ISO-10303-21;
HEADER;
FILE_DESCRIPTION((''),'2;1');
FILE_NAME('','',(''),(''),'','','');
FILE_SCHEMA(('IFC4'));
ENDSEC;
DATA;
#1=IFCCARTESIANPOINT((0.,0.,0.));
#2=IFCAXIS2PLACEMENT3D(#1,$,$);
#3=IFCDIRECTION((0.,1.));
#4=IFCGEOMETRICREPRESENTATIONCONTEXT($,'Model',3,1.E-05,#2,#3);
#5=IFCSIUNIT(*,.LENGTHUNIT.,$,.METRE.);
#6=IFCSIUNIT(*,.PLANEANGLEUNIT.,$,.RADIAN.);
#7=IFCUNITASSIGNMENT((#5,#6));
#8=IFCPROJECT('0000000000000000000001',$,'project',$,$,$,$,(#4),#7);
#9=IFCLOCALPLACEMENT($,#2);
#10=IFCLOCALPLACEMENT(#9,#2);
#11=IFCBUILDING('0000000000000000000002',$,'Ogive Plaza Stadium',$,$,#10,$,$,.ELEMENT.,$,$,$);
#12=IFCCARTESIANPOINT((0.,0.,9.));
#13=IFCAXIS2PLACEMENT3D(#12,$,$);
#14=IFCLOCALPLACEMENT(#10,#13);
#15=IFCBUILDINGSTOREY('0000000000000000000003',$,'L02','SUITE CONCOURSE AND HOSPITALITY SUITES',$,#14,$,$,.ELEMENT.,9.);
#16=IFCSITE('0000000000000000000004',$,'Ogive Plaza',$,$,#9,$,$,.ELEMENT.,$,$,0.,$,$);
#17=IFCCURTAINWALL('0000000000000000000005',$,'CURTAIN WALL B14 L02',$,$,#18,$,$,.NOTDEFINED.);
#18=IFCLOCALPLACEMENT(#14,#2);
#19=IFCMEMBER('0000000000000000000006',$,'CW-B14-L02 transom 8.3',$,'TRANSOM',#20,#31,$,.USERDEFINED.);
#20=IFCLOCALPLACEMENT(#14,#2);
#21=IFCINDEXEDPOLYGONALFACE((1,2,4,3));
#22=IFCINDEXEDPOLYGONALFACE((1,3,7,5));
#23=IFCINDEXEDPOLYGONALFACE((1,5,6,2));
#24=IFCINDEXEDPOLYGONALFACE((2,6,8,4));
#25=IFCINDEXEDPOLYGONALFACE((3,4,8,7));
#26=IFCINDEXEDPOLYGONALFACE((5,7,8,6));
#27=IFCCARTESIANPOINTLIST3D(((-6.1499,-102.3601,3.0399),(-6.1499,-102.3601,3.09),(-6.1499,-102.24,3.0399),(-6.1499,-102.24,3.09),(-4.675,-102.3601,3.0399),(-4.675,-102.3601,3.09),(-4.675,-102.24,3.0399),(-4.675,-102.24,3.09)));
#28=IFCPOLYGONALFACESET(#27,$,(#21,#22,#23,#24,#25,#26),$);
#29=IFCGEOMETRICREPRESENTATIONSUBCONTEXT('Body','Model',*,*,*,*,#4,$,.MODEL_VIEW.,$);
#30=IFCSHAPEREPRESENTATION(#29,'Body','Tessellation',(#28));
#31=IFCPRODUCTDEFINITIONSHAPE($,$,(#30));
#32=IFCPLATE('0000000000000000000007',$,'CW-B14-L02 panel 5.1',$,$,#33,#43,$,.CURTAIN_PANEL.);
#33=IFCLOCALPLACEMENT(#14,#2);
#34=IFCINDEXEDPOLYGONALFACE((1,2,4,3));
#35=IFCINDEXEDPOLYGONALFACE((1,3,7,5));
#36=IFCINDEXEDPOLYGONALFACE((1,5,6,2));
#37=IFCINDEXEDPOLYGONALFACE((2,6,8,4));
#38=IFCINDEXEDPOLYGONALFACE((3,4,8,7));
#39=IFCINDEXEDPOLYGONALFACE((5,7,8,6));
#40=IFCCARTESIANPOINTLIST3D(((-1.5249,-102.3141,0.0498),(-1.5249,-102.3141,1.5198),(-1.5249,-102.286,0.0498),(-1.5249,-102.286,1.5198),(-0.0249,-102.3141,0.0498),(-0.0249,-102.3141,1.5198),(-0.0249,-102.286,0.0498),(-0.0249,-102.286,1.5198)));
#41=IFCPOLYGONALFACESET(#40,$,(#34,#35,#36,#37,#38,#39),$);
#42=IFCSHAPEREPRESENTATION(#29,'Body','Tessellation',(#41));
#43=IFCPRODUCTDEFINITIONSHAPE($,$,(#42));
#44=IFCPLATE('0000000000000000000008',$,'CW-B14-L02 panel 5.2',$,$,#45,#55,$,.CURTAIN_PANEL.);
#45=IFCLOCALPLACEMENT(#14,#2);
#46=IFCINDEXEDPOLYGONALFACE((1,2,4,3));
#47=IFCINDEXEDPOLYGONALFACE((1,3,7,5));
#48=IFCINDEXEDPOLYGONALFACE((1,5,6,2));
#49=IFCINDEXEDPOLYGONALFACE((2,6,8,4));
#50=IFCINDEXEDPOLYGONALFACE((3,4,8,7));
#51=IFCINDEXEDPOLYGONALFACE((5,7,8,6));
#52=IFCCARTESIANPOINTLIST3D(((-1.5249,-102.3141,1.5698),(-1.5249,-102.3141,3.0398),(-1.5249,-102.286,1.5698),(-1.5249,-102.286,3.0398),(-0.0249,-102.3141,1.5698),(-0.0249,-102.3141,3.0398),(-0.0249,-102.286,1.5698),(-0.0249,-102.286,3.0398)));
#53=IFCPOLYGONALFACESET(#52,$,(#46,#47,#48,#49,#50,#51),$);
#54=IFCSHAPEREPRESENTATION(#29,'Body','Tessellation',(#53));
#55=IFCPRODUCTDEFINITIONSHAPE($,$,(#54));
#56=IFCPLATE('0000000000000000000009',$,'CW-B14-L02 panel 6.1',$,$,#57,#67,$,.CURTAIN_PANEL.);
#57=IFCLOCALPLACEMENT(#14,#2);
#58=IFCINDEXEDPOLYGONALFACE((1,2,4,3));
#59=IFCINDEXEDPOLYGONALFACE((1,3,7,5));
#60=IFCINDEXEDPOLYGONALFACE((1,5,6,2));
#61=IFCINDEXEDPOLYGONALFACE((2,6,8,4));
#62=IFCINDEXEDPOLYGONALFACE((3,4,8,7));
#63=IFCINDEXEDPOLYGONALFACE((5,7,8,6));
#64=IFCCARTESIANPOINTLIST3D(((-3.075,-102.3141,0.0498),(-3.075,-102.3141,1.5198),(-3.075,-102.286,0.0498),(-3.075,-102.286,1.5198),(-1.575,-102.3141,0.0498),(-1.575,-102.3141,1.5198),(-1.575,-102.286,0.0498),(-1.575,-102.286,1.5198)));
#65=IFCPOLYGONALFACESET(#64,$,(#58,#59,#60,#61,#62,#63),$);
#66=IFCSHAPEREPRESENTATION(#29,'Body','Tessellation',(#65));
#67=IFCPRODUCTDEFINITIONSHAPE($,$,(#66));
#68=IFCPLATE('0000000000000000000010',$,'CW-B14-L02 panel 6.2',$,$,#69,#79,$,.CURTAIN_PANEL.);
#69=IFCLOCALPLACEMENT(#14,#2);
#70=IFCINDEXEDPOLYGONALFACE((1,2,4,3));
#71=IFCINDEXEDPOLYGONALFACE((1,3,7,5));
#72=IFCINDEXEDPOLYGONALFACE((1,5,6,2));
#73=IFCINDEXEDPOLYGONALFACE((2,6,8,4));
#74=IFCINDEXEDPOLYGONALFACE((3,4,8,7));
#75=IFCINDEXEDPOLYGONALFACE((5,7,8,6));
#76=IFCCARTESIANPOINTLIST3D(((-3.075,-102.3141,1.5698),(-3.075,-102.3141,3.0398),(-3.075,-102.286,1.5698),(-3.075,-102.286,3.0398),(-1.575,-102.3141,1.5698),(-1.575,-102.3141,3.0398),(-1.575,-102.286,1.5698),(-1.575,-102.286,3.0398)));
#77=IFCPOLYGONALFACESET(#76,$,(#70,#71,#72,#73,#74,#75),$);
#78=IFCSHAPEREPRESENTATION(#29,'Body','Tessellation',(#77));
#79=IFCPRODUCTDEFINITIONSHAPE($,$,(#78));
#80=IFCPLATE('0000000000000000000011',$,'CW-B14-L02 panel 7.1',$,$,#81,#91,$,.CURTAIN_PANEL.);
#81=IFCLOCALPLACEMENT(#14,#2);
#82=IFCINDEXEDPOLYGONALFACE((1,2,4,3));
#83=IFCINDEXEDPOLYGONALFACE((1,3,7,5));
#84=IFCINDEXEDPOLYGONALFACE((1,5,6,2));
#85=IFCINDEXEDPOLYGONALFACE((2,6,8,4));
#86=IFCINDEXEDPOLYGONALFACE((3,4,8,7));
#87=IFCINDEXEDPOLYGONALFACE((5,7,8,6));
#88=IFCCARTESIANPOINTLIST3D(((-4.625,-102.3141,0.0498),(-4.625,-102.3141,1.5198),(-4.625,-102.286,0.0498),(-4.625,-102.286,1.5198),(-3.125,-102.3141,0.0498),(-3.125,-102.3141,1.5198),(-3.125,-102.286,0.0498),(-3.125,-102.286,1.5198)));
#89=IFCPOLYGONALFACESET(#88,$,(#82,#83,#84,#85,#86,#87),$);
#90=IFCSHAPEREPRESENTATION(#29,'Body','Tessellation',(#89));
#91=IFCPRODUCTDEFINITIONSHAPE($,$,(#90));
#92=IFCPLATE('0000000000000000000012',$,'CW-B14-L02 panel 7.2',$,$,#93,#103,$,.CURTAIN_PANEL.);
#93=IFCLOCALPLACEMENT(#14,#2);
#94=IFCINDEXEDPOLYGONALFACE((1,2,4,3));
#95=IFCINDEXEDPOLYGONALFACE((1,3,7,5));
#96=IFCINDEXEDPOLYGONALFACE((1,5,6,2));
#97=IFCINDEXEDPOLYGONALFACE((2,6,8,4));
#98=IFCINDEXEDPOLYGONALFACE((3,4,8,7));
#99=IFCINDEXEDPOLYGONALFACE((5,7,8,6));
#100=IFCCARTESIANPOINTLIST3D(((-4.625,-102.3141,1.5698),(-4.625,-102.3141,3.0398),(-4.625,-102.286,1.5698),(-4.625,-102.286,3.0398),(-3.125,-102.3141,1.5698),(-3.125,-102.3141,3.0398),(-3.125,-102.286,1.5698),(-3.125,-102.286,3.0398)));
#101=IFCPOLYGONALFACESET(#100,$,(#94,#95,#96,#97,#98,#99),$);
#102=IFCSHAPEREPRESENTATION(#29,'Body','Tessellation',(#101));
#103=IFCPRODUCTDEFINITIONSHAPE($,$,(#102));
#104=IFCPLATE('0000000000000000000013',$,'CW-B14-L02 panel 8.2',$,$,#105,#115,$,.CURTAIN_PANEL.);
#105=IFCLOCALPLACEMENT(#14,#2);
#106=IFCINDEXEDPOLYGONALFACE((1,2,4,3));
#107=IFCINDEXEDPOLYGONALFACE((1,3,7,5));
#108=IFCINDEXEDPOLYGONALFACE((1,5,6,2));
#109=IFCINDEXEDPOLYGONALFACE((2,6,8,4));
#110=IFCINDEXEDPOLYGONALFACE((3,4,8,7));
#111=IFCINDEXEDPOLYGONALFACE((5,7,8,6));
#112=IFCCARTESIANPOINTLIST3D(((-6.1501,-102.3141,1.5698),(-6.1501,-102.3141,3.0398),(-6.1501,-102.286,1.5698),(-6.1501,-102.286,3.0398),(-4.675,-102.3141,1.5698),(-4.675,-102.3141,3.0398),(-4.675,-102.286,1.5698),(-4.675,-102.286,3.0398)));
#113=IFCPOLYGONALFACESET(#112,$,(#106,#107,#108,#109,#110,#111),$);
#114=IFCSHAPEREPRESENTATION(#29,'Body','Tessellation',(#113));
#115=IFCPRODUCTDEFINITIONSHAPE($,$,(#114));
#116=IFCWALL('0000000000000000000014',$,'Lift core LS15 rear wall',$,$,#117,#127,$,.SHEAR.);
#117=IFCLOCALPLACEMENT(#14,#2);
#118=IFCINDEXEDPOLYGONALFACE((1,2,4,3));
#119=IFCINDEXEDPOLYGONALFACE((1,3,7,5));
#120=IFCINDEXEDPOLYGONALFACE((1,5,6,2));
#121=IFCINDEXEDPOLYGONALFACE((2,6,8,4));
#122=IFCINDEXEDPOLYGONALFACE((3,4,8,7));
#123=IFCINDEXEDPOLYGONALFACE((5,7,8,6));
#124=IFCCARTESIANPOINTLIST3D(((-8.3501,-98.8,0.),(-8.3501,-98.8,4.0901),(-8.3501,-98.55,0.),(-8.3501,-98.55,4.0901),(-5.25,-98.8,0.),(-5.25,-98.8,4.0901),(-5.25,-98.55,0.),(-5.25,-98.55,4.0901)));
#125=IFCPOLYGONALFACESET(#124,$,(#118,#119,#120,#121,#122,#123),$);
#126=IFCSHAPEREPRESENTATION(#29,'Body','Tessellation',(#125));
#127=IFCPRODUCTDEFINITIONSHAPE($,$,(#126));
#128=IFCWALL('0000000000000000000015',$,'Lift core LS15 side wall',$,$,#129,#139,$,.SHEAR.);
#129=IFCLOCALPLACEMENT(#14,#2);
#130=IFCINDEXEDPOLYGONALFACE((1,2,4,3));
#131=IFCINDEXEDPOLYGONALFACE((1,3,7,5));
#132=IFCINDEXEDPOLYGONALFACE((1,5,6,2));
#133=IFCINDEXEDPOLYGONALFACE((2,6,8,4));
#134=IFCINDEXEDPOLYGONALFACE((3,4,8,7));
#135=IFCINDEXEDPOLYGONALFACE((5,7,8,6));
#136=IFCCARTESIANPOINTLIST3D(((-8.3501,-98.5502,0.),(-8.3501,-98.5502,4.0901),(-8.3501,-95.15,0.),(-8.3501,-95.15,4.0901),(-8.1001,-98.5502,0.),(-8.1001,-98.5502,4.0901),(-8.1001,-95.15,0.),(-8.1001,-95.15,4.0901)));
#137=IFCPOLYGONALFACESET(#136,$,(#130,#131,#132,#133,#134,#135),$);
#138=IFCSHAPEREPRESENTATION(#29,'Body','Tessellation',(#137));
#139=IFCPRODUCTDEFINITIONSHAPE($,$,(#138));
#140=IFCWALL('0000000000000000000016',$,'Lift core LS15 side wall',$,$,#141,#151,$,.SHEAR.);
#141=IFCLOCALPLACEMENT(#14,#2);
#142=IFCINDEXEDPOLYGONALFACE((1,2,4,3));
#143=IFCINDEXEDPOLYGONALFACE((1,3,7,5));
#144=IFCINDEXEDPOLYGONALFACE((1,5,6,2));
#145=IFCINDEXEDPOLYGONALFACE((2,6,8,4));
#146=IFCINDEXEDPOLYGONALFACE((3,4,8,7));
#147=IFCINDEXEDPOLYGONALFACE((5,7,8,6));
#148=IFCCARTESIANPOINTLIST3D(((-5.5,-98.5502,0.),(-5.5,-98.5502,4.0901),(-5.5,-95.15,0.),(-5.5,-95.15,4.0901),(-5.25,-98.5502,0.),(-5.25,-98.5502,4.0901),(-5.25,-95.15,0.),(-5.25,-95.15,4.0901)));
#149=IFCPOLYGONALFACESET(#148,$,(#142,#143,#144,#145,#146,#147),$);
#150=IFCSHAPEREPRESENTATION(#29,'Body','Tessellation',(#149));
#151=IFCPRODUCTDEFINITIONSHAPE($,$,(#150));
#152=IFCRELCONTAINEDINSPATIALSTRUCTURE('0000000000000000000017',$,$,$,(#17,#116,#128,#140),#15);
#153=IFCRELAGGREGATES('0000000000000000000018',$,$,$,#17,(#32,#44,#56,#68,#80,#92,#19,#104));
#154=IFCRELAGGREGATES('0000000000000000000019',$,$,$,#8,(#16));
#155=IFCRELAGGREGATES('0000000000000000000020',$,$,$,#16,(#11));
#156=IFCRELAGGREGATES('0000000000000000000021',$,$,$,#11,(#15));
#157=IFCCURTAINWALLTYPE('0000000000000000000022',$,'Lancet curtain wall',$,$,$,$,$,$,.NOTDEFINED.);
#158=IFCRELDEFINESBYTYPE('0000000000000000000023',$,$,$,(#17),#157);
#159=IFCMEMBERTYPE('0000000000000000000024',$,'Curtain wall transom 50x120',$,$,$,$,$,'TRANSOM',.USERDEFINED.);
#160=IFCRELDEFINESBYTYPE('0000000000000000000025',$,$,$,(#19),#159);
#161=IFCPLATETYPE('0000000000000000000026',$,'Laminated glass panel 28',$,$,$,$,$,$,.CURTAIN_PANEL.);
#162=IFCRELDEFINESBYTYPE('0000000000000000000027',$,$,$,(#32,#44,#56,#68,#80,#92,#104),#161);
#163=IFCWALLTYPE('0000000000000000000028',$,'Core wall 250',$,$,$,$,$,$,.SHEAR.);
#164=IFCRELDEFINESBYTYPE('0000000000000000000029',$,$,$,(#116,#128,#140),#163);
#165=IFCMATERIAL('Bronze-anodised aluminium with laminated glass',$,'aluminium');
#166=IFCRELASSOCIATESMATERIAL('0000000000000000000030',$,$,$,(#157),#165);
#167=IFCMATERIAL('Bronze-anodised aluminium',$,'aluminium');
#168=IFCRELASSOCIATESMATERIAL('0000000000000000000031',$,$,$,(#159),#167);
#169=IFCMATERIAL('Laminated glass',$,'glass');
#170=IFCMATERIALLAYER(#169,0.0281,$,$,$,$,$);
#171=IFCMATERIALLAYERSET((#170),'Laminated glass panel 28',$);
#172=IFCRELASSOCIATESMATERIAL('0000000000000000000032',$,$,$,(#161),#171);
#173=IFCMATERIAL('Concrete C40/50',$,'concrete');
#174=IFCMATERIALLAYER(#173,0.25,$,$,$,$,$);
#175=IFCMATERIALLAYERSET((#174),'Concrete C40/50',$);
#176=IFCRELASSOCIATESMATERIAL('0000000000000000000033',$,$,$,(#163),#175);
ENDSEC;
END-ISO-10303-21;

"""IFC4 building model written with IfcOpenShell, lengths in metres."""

from ifc_helpers import new_model, si_unit, direction, frame, frame_2d, origin, origin_2d, place, context, subcontext, project, spatial, rectangle, extrude, material, layer, layer_set, material_profile, profile_set, type_object, element, aggregate, save


model = new_model("IFC4")

# Units and contexts
model_context = context("Model", 3, precision=1e-05, world=origin(), true_north=direction((0.0, 1.0)))
body_context = subcontext(model_context, "Body", "Model", "MODEL_VIEW")
ifc_project = project(units=[si_unit("LENGTHUNIT", "METRE"), si_unit("PLANEANGLEUNIT", "RADIAN")], contexts=[model_context])

# Site, building, storey
site_placement = place(None, origin())
site = spatial("IfcSite", under=ifc_project, at=site_placement, Name="Ogive Plaza", CompositionType="ELEMENT", RefElevation=0.0)
building_placement = place(site_placement, origin())
building = spatial("IfcBuilding", under=site, at=building_placement, Name="Ogive Plaza Stadium", CompositionType="ELEMENT")
storey_placement = place(building_placement, frame((0.0, 0.0, 9.0)))
storey = spatial("IfcBuildingStorey", under=building, at=storey_placement, Name="L02", Description="SUITE CONCOURSE AND HOSPITALITY SUITES", CompositionType="ELEMENT", Elevation=9.0)

# Curtain wall, member, plates
ifc_material_1 = material(Name="Bronze-anodised aluminium with laminated glass", Category="aluminium")
curtain_wall_type = type_object("IfcCurtainWallType", Name="Lancet curtain wall", PredefinedType="NOTDEFINED", material=ifc_material_1)
curtain_wall_placement = place(storey_placement, origin())
curtain_wall = element("IfcCurtainWall", 1, at=curtain_wall_placement, inside=storey, type_object=curtain_wall_type, Name="CURTAIN WALL B14 L02", PredefinedType="NOTDEFINED")
ifc_material_2 = material(Name="Bronze-anodised aluminium", Category="aluminium")
ifc_material_profile_1 = material_profile(ifc_material_2, rectangle(XDim=0.1201, YDim=0.05, at=origin_2d()), Name="AL 120x50")
ifc_profile_set_1 = profile_set([ifc_material_profile_1], Name="Bronze-anodised aluminium")
member_type_1 = type_object("IfcMemberType", Name="Curtain wall transom 50x120", ElementType="TRANSOM", PredefinedType="USERDEFINED", material=ifc_profile_set_1)
member_1_placement = place(storey_placement, frame((-4.675, -102.3, 3.0649), z_axis=(-1.0, 0.0, 0.0), x_axis=(0.0, -1.0, 0.0)))
member_1 = element("IfcMember", 2, at=member_1_placement, type_object=member_type_1, Name="CW-B14-L02 transom 8.3", ObjectType="TRANSOM", PredefinedType="USERDEFINED", context=body_context, shape_type="SweptSolid", body=[
    extrude(rectangle(XDim=0.1201, YDim=0.05, at=origin_2d()), origin(), (0.0, 0.0, 1.0), 1.4749),
])
ifc_material_3 = material(Name="Laminated glass", Category="glass")
ifc_layer_1 = layer(ifc_material_3, 0.0281)
ifc_layer_set_1 = layer_set([ifc_layer_1], Name="Laminated glass panel 28")
plate_type = type_object("IfcPlateType", Name="Laminated glass panel 28", PredefinedType="CURTAIN_PANEL", material=ifc_layer_set_1)
plate_1_placement = place(storey_placement, frame((-0.7749, -102.3, 0.0498), z_axis=(0.0, 0.0, 1.0), x_axis=(-1.0, 0.0, 0.0)))
plate_1 = element("IfcPlate", 3, at=plate_1_placement, type_object=plate_type, Name="CW-B14-L02 panel 5.1", PredefinedType="CURTAIN_PANEL", context=body_context, shape_type="SweptSolid", body=[
    extrude(rectangle(XDim=1.5, YDim=0.0281, at=origin_2d()), origin(), (0.0, 0.0, 1.0), 1.47),
])
plate_2_placement = place(storey_placement, frame((-0.7749, -102.3, 1.5698), z_axis=(0.0, 0.0, 1.0), x_axis=(-1.0, 0.0, 0.0)))
plate_2 = element("IfcPlate", 4, at=plate_2_placement, type_object=plate_type, Name="CW-B14-L02 panel 5.2", PredefinedType="CURTAIN_PANEL", context=body_context, shape_type="SweptSolid", body=[
    extrude(rectangle(XDim=1.5, YDim=0.0281, at=origin_2d()), origin(), (0.0, 0.0, 1.0), 1.47),
])
plate_3_placement = place(storey_placement, frame((-2.325, -102.3, 0.0498), z_axis=(0.0, 0.0, 1.0), x_axis=(-1.0, 0.0, 0.0)))
plate_3 = element("IfcPlate", 5, at=plate_3_placement, type_object=plate_type, Name="CW-B14-L02 panel 6.1", PredefinedType="CURTAIN_PANEL", context=body_context, shape_type="SweptSolid", body=[
    extrude(rectangle(XDim=1.5, YDim=0.0281, at=origin_2d()), origin(), (0.0, 0.0, 1.0), 1.47),
])
plate_4_placement = place(storey_placement, frame((-2.325, -102.3, 1.5698), z_axis=(0.0, 0.0, 1.0), x_axis=(-1.0, 0.0, 0.0)))
plate_4 = element("IfcPlate", 6, at=plate_4_placement, type_object=plate_type, Name="CW-B14-L02 panel 6.2", PredefinedType="CURTAIN_PANEL", context=body_context, shape_type="SweptSolid", body=[
    extrude(rectangle(XDim=1.5, YDim=0.0281, at=origin_2d()), origin(), (0.0, 0.0, 1.0), 1.47),
])
plate_5_placement = place(storey_placement, frame((-3.875, -102.3, 0.0498), z_axis=(0.0, 0.0, 1.0), x_axis=(-1.0, 0.0, 0.0)))
plate_5 = element("IfcPlate", 7, at=plate_5_placement, type_object=plate_type, Name="CW-B14-L02 panel 7.1", PredefinedType="CURTAIN_PANEL", context=body_context, shape_type="SweptSolid", body=[
    extrude(rectangle(XDim=1.5, YDim=0.0281, at=origin_2d()), origin(), (0.0, 0.0, 1.0), 1.47),
])
plate_6_placement = place(storey_placement, frame((-3.875, -102.3, 1.5698), z_axis=(0.0, 0.0, 1.0), x_axis=(-1.0, 0.0, 0.0)))
plate_6 = element("IfcPlate", 8, at=plate_6_placement, type_object=plate_type, Name="CW-B14-L02 panel 7.2", PredefinedType="CURTAIN_PANEL", context=body_context, shape_type="SweptSolid", body=[
    extrude(rectangle(XDim=1.5, YDim=0.0281, at=origin_2d()), origin(), (0.0, 0.0, 1.0), 1.47),
])
plate_7_placement = place(storey_placement, frame((-5.4126, -102.3, 1.5698), z_axis=(0.0, 0.0, 1.0), x_axis=(-1.0, 0.0, 0.0)))
plate_7 = element("IfcPlate", 9, at=plate_7_placement, type_object=plate_type, Name="CW-B14-L02 panel 8.2", PredefinedType="CURTAIN_PANEL", context=body_context, shape_type="SweptSolid", body=[
    extrude(rectangle(XDim=1.4751, YDim=0.0281, at=origin_2d()), origin(), (0.0, 0.0, 1.0), 1.47),
])
aggregate(curtain_wall, [plate_1, plate_2, plate_3, plate_4, plate_5, plate_6, member_1, plate_7])

# Walls
ifc_material_4 = material(Name="Concrete C40/50", Category="concrete")
ifc_layer_2 = layer(ifc_material_4, 0.25)
ifc_layer_set_2 = layer_set([ifc_layer_2], Name="Concrete C40/50")
wall_type = type_object("IfcWallType", Name="Core wall 250", PredefinedType="SHEAR", material=ifc_layer_set_2)
wall_placement = place(storey_placement, frame((-8.3501, -98.675, 0.0), z_axis=(0.0, 0.0, 1.0), x_axis=(1.0, 0.0, 0.0)))
element("IfcWall", 10, at=wall_placement, inside=storey, type_object=wall_type, Name="Lift core LS15 rear wall", PredefinedType="SHEAR", context=body_context, shape_type="SweptSolid", body=[
    extrude(rectangle(XDim=3.1001, YDim=0.25, at=frame_2d((1.55, 0.0))), origin(), (0.0, 0.0, 1.0), 4.0901),
])
for number, where, z_axis, x_axis, name in (
    (11, (-8.2251, -95.1499, 0.0), (0.0, 0.0, 1.0), (0.0, -1.0, 0.0), "Lift core LS15 side wall"),
    (12, (-5.375, -95.1499, 0.0), (0.0, 0.0, 1.0), (0.0, -1.0, 0.0), "Lift core LS15 side wall"),
):
    element("IfcWall", number, at=place(storey_placement, frame(where, z_axis=z_axis, x_axis=x_axis)), inside=storey, type_object=wall_type, Name=name, PredefinedType="SHEAR", context=body_context, shape_type="SweptSolid", body=[
        extrude(rectangle(XDim=3.4001, YDim=0.25, at=frame_2d((1.7002, 0.0))), origin(), (0.0, 0.0, 1.0), 4.0901),
    ])

save(model, "model.ifc")
